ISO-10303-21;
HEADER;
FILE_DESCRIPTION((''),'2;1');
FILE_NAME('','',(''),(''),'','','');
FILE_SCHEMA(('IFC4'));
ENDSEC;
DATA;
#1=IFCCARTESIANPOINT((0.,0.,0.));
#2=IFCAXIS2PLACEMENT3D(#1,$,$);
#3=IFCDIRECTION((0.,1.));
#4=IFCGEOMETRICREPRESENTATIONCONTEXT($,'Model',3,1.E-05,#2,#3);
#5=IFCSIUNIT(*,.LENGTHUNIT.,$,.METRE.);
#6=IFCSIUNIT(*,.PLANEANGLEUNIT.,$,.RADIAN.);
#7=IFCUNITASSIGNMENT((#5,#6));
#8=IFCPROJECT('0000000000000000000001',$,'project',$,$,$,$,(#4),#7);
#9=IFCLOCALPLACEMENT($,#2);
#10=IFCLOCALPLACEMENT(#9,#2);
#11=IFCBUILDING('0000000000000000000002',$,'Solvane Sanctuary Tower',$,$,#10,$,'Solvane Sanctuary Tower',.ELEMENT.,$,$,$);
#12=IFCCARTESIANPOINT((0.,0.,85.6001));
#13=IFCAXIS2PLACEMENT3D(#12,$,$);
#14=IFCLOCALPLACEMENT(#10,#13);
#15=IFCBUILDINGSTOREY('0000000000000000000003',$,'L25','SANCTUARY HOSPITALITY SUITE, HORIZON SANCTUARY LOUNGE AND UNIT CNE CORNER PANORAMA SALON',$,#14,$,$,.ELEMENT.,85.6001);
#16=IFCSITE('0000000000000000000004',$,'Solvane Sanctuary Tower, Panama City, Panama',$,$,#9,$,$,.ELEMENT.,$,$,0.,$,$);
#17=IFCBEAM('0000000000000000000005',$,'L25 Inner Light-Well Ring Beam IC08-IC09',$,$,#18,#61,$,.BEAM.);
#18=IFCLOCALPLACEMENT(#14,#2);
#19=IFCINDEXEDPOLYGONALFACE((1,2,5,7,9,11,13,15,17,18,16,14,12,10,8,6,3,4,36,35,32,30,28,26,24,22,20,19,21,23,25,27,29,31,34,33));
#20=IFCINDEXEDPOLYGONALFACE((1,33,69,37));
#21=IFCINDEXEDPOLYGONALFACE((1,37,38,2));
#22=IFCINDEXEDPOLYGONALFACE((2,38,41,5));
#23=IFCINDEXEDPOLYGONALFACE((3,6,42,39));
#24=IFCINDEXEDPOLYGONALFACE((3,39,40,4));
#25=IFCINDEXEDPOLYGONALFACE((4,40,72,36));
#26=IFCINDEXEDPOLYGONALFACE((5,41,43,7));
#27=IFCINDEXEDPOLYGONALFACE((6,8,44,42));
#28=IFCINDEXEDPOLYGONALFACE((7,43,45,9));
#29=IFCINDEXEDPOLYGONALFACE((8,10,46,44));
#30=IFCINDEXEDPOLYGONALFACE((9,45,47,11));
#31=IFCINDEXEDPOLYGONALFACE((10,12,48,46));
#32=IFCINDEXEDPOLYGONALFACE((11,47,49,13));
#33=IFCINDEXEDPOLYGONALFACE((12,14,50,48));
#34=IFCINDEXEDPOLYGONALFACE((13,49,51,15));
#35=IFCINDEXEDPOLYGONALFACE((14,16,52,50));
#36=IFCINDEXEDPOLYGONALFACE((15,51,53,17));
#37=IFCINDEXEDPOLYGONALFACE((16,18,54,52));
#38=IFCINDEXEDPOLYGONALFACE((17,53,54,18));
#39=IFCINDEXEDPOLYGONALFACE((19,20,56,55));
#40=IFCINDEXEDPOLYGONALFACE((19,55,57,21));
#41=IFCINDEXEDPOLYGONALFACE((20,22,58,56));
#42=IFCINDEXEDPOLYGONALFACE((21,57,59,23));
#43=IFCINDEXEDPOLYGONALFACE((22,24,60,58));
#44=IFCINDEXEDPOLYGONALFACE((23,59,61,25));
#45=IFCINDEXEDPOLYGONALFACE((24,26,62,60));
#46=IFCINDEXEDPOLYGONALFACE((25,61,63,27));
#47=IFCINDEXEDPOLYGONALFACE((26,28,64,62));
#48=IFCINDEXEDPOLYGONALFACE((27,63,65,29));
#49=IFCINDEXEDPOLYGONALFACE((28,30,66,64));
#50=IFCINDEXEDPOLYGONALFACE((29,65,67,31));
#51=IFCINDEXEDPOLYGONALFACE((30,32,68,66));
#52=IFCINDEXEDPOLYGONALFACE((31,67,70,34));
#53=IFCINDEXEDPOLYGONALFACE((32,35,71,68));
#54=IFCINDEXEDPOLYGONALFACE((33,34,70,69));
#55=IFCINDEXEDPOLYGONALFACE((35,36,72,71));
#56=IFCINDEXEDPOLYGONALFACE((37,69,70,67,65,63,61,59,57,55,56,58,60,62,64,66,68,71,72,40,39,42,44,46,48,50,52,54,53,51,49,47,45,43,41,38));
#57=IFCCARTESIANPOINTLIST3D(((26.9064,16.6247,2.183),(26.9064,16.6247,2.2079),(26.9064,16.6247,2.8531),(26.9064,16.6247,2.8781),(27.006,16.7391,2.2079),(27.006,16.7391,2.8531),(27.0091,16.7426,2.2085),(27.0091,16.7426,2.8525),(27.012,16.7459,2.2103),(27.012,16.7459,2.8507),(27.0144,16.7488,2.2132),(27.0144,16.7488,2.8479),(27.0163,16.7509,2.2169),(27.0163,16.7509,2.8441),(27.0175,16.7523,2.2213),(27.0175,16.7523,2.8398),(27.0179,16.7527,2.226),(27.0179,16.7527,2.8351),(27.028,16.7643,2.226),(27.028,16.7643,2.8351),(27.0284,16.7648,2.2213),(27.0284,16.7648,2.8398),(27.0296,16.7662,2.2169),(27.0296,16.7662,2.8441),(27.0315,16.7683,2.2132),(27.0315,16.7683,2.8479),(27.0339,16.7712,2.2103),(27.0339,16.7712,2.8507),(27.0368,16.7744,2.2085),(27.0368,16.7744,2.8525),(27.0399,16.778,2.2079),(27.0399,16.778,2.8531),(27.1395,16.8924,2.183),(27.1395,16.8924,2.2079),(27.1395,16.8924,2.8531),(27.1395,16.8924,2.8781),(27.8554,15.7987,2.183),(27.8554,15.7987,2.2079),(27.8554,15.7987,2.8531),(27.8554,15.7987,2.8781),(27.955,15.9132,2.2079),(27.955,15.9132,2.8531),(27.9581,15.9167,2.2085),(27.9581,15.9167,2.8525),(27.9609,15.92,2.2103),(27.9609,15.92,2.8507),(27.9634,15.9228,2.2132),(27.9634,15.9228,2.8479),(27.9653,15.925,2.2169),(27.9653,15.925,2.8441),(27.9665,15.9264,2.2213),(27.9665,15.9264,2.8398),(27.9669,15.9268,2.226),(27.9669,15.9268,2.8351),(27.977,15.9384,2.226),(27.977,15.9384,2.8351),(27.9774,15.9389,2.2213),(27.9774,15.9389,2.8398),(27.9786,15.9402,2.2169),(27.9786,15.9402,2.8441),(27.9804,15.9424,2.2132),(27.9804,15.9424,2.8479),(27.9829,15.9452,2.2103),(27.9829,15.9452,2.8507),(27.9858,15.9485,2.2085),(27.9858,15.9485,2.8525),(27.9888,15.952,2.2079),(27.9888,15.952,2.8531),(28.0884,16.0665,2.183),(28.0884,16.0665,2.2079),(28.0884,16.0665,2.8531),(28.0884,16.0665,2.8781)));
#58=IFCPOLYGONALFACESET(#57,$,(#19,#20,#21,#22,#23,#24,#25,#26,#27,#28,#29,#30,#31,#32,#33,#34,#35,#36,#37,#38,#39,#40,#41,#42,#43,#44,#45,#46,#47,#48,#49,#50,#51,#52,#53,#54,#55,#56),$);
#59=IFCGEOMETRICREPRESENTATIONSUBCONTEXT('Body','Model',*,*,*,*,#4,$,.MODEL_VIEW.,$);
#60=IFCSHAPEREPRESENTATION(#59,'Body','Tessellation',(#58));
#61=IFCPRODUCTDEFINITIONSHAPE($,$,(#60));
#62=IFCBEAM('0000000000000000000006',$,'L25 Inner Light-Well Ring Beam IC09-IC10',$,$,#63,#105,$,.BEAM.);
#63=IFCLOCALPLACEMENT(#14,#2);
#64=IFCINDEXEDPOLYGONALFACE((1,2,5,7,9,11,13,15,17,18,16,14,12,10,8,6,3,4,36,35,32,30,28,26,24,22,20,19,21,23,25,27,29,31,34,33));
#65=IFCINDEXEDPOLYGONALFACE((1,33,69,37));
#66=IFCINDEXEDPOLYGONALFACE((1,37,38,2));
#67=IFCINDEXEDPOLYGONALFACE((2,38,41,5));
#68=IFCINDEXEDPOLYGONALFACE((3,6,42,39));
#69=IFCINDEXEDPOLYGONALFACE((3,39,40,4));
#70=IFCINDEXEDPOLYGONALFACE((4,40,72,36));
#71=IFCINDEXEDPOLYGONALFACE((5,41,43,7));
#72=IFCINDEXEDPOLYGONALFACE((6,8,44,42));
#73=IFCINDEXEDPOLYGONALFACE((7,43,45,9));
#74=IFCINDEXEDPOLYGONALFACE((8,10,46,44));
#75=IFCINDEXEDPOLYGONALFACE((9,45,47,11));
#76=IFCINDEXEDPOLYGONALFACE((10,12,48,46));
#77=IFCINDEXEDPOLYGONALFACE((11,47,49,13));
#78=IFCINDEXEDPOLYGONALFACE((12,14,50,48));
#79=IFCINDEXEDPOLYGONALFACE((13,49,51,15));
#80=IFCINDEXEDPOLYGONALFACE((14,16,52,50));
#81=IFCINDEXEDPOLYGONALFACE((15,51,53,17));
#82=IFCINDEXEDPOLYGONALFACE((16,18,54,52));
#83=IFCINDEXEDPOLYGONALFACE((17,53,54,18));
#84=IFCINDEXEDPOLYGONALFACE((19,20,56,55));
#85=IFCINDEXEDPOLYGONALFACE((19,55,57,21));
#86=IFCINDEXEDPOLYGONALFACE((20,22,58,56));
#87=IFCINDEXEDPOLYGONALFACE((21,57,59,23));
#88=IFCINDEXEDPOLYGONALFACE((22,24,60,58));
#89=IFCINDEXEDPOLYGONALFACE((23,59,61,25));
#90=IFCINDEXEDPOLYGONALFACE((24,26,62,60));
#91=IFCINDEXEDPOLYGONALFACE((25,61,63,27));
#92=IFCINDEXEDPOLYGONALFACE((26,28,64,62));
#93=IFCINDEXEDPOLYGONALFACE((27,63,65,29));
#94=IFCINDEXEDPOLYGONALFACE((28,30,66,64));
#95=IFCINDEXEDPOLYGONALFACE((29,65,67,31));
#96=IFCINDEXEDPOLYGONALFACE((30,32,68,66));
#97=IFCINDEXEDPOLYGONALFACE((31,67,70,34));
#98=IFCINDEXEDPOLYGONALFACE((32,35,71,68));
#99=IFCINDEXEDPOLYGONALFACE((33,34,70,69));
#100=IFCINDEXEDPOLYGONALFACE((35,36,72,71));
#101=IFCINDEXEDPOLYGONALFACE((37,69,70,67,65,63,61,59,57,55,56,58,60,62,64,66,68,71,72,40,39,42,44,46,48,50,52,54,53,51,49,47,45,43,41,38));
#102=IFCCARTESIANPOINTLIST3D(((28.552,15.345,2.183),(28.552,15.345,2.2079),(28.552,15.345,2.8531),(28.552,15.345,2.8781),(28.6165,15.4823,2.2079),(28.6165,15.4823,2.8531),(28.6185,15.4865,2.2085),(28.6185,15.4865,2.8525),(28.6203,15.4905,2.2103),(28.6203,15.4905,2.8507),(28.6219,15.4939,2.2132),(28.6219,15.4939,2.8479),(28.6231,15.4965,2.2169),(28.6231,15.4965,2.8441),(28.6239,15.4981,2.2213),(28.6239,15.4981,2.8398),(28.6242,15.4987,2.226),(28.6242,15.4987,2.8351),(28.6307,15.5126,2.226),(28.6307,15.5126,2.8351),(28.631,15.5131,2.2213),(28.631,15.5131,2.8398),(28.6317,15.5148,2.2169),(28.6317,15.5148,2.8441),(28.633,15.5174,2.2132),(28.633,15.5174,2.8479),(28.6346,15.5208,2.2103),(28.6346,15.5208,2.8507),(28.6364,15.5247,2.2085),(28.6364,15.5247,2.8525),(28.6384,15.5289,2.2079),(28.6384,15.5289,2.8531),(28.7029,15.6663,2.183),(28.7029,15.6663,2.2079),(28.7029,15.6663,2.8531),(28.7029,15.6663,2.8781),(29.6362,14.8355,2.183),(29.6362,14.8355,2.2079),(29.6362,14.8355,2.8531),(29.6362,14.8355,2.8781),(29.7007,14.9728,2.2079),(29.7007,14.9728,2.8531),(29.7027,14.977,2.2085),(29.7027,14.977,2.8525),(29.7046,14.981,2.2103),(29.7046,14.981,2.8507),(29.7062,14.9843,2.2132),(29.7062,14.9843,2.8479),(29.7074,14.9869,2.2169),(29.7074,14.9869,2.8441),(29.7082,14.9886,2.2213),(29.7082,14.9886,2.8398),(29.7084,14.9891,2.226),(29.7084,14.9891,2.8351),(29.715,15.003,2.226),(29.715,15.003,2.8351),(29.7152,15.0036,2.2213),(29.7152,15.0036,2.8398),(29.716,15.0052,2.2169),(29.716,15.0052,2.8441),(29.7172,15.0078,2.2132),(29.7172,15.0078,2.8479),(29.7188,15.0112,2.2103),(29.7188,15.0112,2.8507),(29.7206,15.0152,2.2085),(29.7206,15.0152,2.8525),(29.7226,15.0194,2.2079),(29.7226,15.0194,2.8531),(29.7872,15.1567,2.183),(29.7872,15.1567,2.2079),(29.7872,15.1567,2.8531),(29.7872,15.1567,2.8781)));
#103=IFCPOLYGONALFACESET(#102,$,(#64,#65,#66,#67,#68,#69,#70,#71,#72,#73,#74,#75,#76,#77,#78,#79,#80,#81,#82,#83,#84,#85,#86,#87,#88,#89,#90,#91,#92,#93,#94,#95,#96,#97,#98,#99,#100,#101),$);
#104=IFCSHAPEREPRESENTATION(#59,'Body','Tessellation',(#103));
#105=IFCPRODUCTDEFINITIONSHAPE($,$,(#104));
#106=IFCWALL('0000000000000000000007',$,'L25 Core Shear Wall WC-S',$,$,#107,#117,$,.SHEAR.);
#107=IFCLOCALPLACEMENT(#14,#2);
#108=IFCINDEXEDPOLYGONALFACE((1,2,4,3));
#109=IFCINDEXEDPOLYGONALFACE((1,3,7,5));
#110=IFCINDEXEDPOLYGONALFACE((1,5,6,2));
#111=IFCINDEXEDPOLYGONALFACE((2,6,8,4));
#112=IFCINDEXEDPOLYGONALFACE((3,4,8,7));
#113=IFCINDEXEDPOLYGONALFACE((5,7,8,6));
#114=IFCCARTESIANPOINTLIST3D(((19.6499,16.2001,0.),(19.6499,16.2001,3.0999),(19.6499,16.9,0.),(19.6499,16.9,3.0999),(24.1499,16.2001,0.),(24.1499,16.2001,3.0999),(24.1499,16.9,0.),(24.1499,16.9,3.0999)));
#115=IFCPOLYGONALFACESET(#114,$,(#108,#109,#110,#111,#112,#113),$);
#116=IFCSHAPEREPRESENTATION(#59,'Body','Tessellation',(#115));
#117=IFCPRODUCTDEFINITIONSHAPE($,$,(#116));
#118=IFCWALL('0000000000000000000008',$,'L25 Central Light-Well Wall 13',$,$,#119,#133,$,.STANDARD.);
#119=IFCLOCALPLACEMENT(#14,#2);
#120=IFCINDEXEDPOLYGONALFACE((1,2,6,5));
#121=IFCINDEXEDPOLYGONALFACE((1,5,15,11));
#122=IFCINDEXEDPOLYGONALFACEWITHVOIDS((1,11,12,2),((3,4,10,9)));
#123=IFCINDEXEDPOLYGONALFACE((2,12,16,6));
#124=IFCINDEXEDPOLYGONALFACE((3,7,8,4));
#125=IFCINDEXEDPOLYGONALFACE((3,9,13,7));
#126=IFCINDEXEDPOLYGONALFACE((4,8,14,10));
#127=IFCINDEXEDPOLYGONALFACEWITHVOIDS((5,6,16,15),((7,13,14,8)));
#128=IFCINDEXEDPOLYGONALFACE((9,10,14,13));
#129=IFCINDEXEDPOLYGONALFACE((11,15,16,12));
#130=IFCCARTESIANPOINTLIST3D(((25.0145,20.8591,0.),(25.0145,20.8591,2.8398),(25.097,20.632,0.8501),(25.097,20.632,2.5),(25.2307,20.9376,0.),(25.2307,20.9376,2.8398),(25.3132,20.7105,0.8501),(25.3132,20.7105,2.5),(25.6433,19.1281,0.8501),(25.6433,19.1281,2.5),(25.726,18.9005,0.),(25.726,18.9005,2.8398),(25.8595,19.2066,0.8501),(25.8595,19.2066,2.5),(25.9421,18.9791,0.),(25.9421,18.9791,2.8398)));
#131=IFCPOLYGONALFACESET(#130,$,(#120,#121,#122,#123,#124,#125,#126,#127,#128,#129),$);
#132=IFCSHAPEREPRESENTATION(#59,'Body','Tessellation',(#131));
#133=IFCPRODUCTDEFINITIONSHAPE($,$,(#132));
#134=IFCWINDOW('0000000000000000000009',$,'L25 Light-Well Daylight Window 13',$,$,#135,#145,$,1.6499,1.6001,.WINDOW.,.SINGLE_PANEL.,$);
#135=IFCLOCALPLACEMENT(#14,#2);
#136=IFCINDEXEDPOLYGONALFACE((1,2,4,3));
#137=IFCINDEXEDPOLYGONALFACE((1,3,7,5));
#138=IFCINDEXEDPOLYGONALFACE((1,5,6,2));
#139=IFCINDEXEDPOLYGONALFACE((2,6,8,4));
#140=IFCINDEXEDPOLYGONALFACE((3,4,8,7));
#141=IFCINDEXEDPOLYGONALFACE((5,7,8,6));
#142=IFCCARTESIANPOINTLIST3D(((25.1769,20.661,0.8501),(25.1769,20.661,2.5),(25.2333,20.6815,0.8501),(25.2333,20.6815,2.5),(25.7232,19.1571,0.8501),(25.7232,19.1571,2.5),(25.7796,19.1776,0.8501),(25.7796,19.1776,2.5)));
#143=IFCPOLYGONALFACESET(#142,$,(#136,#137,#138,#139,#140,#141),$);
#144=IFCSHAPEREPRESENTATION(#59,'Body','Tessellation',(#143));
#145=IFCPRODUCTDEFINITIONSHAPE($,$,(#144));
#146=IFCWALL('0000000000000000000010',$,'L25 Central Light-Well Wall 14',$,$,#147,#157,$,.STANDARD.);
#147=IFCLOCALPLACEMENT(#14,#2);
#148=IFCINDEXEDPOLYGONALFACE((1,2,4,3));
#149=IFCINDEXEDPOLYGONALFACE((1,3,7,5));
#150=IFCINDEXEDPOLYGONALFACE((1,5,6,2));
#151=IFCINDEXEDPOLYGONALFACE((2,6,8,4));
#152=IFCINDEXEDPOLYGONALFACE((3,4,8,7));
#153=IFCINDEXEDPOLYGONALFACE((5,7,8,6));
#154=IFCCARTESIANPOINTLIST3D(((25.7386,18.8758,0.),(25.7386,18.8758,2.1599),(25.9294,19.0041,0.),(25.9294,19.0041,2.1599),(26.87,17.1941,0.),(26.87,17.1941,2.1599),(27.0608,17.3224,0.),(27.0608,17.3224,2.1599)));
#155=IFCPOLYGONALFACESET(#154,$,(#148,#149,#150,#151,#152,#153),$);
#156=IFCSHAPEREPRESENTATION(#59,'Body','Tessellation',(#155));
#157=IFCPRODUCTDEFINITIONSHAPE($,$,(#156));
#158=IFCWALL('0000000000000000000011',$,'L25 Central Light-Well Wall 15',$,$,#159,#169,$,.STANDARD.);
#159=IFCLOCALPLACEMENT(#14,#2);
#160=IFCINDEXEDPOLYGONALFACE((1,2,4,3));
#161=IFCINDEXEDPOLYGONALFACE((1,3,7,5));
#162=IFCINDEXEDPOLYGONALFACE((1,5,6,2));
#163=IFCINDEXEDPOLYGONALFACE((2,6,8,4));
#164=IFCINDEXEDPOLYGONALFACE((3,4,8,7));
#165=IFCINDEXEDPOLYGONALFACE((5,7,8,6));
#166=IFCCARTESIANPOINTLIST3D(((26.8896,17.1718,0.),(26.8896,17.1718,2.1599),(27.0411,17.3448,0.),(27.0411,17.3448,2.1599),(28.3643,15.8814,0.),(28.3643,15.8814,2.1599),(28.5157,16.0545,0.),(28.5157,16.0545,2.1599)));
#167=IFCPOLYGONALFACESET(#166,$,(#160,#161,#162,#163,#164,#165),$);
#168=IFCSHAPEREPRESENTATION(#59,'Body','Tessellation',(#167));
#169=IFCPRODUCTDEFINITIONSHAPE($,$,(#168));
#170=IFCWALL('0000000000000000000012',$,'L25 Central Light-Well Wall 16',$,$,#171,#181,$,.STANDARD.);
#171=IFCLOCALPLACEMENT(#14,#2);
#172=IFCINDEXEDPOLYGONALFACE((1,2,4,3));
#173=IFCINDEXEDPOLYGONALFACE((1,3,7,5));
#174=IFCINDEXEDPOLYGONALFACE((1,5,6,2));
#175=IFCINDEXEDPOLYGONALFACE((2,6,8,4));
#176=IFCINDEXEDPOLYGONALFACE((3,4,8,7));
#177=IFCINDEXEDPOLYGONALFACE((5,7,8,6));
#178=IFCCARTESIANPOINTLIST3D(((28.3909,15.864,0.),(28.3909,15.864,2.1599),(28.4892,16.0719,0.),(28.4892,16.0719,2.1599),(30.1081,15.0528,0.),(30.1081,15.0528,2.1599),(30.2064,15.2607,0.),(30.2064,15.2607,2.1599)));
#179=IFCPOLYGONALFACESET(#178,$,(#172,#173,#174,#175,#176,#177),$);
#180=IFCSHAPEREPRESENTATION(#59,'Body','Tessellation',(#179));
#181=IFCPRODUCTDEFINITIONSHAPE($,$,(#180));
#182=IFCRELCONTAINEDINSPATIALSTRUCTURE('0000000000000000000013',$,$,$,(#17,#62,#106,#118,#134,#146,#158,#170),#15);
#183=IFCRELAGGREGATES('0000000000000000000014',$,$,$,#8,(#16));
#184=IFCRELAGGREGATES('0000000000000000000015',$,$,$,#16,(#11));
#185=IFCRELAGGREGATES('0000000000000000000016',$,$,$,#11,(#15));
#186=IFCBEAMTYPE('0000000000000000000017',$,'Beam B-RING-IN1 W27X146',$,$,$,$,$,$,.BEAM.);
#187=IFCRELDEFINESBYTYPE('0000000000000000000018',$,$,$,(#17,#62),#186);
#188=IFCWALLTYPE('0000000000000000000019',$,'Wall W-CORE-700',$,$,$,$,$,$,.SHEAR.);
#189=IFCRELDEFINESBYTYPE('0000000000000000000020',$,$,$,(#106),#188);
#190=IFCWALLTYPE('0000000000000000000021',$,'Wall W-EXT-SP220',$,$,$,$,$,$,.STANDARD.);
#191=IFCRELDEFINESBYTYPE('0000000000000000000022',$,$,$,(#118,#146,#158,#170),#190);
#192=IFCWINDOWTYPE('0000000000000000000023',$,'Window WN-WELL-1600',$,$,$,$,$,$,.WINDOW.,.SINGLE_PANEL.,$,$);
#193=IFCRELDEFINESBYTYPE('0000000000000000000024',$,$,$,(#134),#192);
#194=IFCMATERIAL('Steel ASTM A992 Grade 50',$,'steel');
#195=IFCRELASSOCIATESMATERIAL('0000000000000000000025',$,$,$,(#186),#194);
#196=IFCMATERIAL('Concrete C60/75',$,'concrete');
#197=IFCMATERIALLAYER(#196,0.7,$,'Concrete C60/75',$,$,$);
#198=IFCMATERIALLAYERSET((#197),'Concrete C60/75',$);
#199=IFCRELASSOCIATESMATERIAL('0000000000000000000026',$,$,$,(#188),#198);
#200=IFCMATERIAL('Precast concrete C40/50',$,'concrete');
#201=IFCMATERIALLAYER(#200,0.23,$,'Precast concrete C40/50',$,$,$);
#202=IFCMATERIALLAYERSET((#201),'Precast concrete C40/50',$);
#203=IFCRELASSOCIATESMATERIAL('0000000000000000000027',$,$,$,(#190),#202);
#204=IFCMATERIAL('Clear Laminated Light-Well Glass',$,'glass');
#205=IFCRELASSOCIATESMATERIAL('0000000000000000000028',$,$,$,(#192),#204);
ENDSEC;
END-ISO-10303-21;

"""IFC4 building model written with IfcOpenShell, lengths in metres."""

from ifc_helpers import new_model, si_unit, direction, frame, frame_2d, origin, origin_2d, place, context, subcontext, project, spatial, rectangle, i_section, extrude, material, layer, layer_set, material_profile, profile_set, type_object, element, fill, save


model = new_model("IFC4")

# Units and contexts
model_context = context("Model", 3, precision=1e-05, world=origin(), true_north=direction((0.0, 1.0)))
body_context = subcontext(model_context, "Body", "Model", "MODEL_VIEW")
ifc_project = project(units=[si_unit("LENGTHUNIT", "METRE"), si_unit("PLANEANGLEUNIT", "RADIAN")], contexts=[model_context])

# Site, building, storey
site_placement = place(None, origin())
site = spatial("IfcSite", under=ifc_project, at=site_placement, Name="Solvane Sanctuary Tower, Panama City, Panama", CompositionType="ELEMENT", RefElevation=0.0)
building_placement = place(site_placement, origin())
building = spatial("IfcBuilding", under=site, at=building_placement, Name="Solvane Sanctuary Tower", LongName="Solvane Sanctuary Tower", CompositionType="ELEMENT")
storey_placement = place(building_placement, frame((0.0, 0.0, 85.6001)))
storey = spatial("IfcBuildingStorey", under=building, at=storey_placement, Name="L25", Description="SANCTUARY HOSPITALITY SUITE, HORIZON SANCTUARY LOUNGE AND UNIT CNE CORNER PANORAMA SALON", CompositionType="ELEMENT", Elevation=85.6001)

# Shared definitions
ifc_material_1 = material(Name="Concrete C60/75", Category="concrete")

# Beams
ifc_material_2 = material(Name="Steel ASTM A992 Grade 50", Category="steel")
ifc_material_profile_1 = material_profile(ifc_material_2, i_section(OverallWidth=0.355, OverallDepth=0.6951, WebThickness=0.0154, FlangeThickness=0.0249, FilletRadius=0.0181, at=origin_2d()), Name="W27X146")
ifc_profile_set_1 = profile_set([ifc_material_profile_1], Name="Steel ASTM A992 Grade 50")
beam_type_1 = type_object("IfcBeamType", Name="Beam B-RING-IN1 W27X146", PredefinedType="BEAM", material=ifc_profile_set_1)
beam_1_placement = place(storey_placement, frame((27.0229, 16.7585, 2.5305), z_axis=(0.754317, -0.65651, 0.0), x_axis=(0.65651, 0.754317, 0.0)))
element("IfcBeam", 1, at=beam_1_placement, inside=storey, type_object=beam_type_1, Name="L25 Inner Light-Well Ring Beam IC08-IC09", PredefinedType="BEAM", context=body_context, shape_type="SweptSolid", body=[
    extrude(i_section(OverallWidth=0.355, OverallDepth=0.6951, WebThickness=0.0154, FlangeThickness=0.0249, FilletRadius=0.0181, at=origin_2d()), origin(), (0.0, 0.0, 1.0), 1.2581),
])
beam_2_placement = place(storey_placement, frame((28.6274, 15.5056, 2.5305), z_axis=(0.905045, -0.425316, 0.0), x_axis=(0.425316, 0.905045, 0.0)))
element("IfcBeam", 2, at=beam_2_placement, inside=storey, type_object=beam_type_1, Name="L25 Inner Light-Well Ring Beam IC09-IC10", PredefinedType="BEAM", context=body_context, shape_type="SweptSolid", body=[
    extrude(i_section(OverallWidth=0.355, OverallDepth=0.6951, WebThickness=0.0154, FlangeThickness=0.0249, FilletRadius=0.0181, at=origin_2d()), origin(), (0.0, 0.0, 1.0), 1.198),
])

# Wall
ifc_layer_1 = layer(ifc_material_1, 0.7, Name="Concrete C60/75")
ifc_layer_set_1 = layer_set([ifc_layer_1], Name="Concrete C60/75")
wall_type_1 = type_object("IfcWallType", Name="Wall W-CORE-700", PredefinedType="SHEAR", material=ifc_layer_set_1)
wall_1_placement = place(storey_placement, frame((19.6499, 16.55, 0.0), z_axis=(0.0, 0.0, 1.0), x_axis=(1.0, 0.0, 0.0)))
element("IfcWall", 3, at=wall_1_placement, inside=storey, type_object=wall_type_1, Name="L25 Core Shear Wall WC-S", PredefinedType="SHEAR", context=body_context, shape_type="SweptSolid", body=[
    extrude(rectangle(XDim=4.5, YDim=0.7, at=frame_2d((2.25, 0.0))), origin(), (0.0, 0.0, 1.0), 3.0999),
])

# Wall, opening, window
ifc_material_3 = material(Name="Precast concrete C40/50", Category="concrete")
ifc_layer_2 = layer(ifc_material_3, 0.23, Name="Precast concrete C40/50")
ifc_layer_set_2 = layer_set([ifc_layer_2], Name="Precast concrete C40/50")
wall_type_2 = type_object("IfcWallType", Name="Wall W-EXT-SP220", PredefinedType="STANDARD", material=ifc_layer_set_2)
wall_2_placement = place(storey_placement, frame((25.1226, 20.8984, 0.0), z_axis=(0.0, 0.0, 1.0), x_axis=(0.341423, -0.93991, 0.0)))
wall_2 = element("IfcWall", 4, at=wall_2_placement, inside=storey, type_object=wall_type_2, Name="L25 Central Light-Well Wall 13", PredefinedType="STANDARD", context=body_context, shape_type="SweptSolid", body=[
    extrude(rectangle(XDim=2.0837, YDim=0.23, at=frame_2d((1.042, 0.0))), origin(), (0.0, 0.0, 1.0), 2.8398),
])
opening_1_placement = place(wall_2_placement, frame((0.2417, 0.0, 0.8501)))
opening_1 = element("IfcOpeningElement", 5, at=opening_1_placement, cuts=wall_2, PredefinedType="OPENING", context=body_context, shape_type="SweptSolid", body=[
    extrude(rectangle(XDim=1.6001, YDim=1.6499, at=frame_2d((0.8, 0.825))), frame((0.0, 0.125, 0.0), z_axis=(0.0, -1.0, 0.0), x_axis=(1.0, 0.0, 0.0)), (0.0, 0.0, 1.0), 0.25),
])
ifc_material_4 = material(Name="Clear Laminated Light-Well Glass", Category="glass")
window_type = type_object("IfcWindowType", Name="Window WN-WELL-1600", PartitioningType="SINGLE_PANEL", PredefinedType="WINDOW", material=ifc_material_4)
window_placement = place(opening_1_placement, origin())
window = element("IfcWindow", 6, at=window_placement, inside=storey, type_object=window_type, Name="L25 Light-Well Daylight Window 13", OverallHeight=1.6499, OverallWidth=1.6001, PartitioningType="SINGLE_PANEL", PredefinedType="WINDOW", context=body_context, shape_type="SweptSolid", body=[
    extrude(rectangle(XDim=1.6001, YDim=1.6499, at=frame_2d((0.8, 0.825))), frame((0.0, 0.03, 0.0), z_axis=(0.0, -1.0, 0.0), x_axis=(1.0, 0.0, 0.0)), (0.0, 0.0, 1.0), 0.0601),
])
fill(opening_1, window)

# Walls
wall_3_placement = place(storey_placement, frame((25.834, 18.9399, 0.0), z_axis=(0.0, 0.0, 1.0), x_axis=(0.558198, -0.829708, 0.0)))
element("IfcWall", 7, at=wall_3_placement, inside=storey, type_object=wall_type_2, Name="L25 Central Light-Well Wall 14", PredefinedType="STANDARD", context=body_context, shape_type="SweptSolid", body=[
    extrude(rectangle(XDim=2.0269, YDim=0.23, at=frame_2d((1.0134, 0.0))), origin(), (0.0, 0.0, 1.0), 2.1599),
])
wall_4_placement = place(storey_placement, frame((26.9653, 17.2583, 0.0), z_axis=(0.0, 0.0, 1.0), x_axis=(0.752577, -0.658505, 0.0)))
element("IfcWall", 8, at=wall_4_placement, inside=storey, type_object=wall_type_2, Name="L25 Central Light-Well Wall 15", PredefinedType="STANDARD", context=body_context, shape_type="SweptSolid", body=[
    extrude(rectangle(XDim=1.9595, YDim=0.23, at=frame_2d((0.9797, 0.0))), origin(), (0.0, 0.0, 1.0), 2.1599),
])
wall_5_placement = place(storey_placement, frame((28.4399, 15.968, 0.0), z_axis=(0.0, 0.0, 1.0), x_axis=(0.90418, -0.427152, 0.0)))
element("IfcWall", 9, at=wall_5_placement, inside=storey, type_object=wall_type_2, Name="L25 Central Light-Well Wall 16", PredefinedType="STANDARD", context=body_context, shape_type="SweptSolid", body=[
    extrude(rectangle(XDim=1.8992, YDim=0.23, at=frame_2d((0.9497, 0.0))), origin(), (0.0, 0.0, 1.0), 2.1599),
])

save(model, "model.ifc")
